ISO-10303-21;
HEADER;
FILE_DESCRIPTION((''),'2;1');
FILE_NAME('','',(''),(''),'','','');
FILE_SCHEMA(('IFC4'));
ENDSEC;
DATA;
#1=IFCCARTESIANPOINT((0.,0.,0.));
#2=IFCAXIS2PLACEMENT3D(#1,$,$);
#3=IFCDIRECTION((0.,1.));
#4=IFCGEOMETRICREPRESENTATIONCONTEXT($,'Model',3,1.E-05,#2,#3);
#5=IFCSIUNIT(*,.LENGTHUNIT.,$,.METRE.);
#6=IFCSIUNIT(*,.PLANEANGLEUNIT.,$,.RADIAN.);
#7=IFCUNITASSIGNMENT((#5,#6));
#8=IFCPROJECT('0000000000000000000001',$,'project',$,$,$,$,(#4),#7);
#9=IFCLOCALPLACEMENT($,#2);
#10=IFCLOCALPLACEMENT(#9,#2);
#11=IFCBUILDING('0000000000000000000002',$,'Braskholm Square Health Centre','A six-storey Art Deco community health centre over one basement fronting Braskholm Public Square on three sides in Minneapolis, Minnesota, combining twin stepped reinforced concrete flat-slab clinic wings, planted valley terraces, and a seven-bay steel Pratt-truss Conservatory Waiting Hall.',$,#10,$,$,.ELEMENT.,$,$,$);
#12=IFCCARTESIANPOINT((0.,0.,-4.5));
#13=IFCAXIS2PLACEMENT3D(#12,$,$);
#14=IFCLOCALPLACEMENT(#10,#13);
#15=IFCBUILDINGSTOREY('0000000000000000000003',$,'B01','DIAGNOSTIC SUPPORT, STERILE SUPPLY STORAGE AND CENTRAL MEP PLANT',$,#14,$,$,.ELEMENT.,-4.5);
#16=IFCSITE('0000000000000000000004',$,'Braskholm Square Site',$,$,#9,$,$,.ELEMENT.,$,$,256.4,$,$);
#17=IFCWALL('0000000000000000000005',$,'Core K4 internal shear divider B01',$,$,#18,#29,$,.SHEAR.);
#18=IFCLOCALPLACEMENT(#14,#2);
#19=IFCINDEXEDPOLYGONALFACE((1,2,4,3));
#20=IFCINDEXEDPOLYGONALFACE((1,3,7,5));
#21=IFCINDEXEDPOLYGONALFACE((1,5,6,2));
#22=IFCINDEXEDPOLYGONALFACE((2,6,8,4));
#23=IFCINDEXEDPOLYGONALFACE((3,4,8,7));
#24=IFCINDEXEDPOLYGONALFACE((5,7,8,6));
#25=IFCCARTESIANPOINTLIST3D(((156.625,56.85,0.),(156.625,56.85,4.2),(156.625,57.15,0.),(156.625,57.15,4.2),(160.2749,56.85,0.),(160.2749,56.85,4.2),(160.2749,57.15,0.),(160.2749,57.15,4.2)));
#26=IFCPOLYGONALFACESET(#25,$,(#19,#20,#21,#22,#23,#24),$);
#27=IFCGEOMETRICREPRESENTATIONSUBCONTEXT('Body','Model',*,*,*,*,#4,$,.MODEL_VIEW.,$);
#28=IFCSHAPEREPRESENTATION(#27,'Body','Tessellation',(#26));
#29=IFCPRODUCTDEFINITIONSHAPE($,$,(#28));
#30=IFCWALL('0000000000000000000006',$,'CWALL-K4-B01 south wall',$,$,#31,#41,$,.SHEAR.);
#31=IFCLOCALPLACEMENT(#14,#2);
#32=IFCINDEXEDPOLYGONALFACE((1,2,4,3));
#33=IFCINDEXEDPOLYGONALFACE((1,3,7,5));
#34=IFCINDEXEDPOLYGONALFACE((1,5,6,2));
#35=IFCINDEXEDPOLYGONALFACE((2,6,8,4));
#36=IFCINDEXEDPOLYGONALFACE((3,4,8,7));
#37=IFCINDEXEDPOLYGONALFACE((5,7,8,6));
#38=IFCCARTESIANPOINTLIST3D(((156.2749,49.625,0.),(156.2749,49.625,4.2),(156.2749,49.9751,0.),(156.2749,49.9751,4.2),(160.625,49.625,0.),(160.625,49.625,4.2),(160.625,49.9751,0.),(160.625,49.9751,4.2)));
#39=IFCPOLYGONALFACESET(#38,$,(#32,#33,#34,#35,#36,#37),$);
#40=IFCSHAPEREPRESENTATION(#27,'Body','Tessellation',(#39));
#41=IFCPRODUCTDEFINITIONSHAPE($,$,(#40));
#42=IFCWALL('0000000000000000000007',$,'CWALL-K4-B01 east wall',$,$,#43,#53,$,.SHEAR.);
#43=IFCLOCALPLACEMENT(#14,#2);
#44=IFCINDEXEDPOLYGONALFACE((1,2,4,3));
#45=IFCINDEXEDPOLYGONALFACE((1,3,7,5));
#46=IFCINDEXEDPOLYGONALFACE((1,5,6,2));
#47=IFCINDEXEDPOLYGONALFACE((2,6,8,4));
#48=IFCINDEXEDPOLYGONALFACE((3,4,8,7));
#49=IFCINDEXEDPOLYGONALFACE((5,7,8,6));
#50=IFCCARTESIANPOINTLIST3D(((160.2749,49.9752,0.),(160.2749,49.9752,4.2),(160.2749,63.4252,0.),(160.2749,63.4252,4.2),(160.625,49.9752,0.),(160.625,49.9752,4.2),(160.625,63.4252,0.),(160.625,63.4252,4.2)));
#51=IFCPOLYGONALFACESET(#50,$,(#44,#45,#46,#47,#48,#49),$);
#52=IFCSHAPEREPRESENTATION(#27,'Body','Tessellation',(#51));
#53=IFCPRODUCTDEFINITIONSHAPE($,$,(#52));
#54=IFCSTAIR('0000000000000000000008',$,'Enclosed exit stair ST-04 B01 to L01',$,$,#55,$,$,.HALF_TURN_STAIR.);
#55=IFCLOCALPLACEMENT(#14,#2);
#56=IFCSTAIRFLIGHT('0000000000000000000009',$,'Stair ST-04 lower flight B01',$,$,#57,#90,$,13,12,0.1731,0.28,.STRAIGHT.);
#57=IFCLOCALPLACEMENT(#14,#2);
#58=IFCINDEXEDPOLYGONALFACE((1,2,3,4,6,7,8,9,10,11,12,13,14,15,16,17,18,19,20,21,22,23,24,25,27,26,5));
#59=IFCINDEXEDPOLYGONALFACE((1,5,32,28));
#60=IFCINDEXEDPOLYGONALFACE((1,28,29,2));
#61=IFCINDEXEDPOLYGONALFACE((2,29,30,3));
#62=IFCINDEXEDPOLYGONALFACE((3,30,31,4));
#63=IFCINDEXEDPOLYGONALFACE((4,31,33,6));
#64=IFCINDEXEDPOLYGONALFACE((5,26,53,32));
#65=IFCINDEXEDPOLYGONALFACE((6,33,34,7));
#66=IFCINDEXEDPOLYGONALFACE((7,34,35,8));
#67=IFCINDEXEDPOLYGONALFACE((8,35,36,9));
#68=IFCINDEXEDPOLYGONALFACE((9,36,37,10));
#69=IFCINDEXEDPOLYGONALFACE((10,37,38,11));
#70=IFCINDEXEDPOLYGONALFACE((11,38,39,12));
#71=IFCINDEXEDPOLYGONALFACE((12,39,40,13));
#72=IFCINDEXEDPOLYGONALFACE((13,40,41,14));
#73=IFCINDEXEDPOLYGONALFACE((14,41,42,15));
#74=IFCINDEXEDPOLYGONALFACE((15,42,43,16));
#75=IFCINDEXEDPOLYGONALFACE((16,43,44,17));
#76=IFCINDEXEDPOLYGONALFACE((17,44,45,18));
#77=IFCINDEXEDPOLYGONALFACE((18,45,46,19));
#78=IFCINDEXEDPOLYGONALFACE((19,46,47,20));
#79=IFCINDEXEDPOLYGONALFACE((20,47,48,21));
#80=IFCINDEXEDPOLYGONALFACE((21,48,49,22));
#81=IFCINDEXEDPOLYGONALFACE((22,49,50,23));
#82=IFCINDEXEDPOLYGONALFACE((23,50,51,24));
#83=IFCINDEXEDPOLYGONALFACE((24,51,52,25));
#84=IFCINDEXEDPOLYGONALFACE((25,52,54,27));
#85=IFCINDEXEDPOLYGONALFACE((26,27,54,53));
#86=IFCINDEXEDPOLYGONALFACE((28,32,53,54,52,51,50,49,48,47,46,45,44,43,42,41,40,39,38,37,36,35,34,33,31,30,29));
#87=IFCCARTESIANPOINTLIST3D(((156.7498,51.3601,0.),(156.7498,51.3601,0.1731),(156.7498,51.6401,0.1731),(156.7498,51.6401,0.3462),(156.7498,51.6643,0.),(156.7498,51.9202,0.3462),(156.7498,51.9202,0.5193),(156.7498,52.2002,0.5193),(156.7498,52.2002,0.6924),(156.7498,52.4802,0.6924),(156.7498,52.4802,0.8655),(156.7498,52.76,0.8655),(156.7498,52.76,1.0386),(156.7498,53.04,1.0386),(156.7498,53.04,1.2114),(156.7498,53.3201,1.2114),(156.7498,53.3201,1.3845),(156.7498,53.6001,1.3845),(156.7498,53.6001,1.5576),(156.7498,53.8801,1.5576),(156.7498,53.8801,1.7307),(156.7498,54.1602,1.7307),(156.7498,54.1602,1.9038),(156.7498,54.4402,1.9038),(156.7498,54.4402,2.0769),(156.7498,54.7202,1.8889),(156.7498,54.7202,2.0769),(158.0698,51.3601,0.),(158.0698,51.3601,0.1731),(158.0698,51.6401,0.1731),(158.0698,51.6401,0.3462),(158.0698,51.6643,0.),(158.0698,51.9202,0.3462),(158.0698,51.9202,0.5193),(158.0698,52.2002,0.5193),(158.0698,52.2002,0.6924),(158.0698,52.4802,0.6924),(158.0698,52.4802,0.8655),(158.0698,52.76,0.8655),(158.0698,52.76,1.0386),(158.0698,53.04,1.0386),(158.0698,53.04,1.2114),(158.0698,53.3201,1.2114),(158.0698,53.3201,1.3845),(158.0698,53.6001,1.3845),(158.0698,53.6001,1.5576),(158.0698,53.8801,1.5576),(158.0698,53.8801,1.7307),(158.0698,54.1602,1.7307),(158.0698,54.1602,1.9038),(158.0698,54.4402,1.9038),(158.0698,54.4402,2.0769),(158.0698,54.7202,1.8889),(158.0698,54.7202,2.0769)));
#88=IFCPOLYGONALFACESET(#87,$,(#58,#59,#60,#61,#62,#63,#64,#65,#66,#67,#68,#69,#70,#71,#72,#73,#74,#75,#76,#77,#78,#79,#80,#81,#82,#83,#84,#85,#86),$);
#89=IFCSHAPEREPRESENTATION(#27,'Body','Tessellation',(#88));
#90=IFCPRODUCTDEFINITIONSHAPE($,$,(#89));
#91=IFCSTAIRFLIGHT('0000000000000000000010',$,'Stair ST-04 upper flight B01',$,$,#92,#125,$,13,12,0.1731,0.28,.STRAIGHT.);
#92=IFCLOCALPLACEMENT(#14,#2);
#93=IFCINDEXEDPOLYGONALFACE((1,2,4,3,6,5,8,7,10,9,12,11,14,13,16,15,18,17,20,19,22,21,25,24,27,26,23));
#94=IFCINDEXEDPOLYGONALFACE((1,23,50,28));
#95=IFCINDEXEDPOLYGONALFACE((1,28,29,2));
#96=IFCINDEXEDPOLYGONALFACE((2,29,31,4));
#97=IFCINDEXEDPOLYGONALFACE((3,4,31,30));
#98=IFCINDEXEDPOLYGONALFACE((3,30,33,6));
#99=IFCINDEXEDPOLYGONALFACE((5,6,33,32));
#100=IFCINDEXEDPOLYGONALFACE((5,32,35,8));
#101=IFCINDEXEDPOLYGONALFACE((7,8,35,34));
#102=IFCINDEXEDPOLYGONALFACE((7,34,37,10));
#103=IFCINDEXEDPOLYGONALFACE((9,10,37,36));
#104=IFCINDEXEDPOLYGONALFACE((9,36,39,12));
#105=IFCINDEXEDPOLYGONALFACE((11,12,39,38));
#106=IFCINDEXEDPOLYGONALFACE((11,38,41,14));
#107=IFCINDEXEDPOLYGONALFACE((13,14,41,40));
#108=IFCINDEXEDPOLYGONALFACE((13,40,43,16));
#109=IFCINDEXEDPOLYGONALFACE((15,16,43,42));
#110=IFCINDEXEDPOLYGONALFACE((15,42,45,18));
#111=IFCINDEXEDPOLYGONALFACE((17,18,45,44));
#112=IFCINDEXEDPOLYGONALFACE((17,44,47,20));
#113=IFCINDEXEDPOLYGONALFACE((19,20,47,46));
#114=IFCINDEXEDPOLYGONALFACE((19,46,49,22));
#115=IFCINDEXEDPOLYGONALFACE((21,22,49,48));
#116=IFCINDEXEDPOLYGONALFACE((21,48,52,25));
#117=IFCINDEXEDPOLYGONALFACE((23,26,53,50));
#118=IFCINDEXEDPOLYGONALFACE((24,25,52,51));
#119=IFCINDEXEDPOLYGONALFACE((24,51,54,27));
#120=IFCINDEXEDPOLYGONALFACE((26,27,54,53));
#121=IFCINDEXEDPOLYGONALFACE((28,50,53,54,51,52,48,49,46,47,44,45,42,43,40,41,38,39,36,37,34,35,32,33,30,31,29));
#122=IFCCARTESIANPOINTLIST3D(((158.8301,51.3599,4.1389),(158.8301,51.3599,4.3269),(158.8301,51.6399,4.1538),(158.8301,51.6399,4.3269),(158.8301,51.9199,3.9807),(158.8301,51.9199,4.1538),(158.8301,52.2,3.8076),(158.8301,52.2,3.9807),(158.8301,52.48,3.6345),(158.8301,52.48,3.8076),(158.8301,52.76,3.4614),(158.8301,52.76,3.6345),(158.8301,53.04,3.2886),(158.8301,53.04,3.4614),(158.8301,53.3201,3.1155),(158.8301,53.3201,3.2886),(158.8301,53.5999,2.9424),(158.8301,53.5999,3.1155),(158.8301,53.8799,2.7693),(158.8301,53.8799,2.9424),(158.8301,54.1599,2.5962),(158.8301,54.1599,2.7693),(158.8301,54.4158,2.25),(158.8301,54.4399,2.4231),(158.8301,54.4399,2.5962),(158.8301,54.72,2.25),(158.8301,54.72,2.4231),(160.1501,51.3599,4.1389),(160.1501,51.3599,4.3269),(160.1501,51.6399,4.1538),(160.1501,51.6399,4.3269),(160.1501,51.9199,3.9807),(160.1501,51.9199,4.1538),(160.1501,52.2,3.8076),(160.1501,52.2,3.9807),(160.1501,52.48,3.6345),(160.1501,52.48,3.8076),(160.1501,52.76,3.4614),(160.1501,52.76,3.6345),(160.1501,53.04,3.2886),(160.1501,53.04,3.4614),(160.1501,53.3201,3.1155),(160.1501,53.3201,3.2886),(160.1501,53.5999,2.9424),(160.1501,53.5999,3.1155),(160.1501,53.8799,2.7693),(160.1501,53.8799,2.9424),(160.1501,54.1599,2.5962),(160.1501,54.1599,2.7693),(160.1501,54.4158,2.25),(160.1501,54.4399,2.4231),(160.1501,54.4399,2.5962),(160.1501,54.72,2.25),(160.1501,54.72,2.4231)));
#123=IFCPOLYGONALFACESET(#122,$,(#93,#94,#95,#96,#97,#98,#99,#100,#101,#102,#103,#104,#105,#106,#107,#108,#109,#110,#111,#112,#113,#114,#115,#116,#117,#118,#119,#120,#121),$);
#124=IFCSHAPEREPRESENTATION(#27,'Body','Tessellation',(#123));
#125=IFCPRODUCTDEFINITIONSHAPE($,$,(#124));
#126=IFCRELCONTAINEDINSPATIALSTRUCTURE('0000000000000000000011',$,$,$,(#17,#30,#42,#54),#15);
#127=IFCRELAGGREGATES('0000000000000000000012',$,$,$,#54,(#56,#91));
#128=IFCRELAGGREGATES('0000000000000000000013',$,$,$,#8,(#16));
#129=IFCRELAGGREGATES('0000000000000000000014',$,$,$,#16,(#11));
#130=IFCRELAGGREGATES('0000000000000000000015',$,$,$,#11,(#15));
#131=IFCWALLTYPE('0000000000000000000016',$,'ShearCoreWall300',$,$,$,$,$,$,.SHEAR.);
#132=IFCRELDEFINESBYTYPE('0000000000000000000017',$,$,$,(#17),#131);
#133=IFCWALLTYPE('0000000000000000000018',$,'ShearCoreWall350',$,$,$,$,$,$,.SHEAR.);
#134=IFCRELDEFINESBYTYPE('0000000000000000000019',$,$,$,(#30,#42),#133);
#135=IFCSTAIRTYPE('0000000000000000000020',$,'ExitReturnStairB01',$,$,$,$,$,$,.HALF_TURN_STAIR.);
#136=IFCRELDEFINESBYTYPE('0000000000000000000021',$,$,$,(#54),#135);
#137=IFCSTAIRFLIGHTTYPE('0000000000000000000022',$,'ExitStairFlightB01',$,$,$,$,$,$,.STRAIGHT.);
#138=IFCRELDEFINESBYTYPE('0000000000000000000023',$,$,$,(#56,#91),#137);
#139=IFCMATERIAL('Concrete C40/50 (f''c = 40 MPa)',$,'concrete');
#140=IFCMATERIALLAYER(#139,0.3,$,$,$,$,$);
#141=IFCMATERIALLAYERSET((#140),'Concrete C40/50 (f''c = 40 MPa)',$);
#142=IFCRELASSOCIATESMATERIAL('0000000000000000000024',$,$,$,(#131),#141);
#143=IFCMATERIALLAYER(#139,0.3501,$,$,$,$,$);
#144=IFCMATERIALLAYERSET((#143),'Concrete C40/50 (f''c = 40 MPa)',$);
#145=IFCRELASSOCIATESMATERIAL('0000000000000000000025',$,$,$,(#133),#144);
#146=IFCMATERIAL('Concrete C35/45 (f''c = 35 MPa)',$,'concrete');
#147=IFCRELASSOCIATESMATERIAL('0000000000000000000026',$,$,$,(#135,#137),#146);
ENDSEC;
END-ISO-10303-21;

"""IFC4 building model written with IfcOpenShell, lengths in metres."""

from ifc_helpers import new_model, si_unit, direction, frame, frame_2d, origin, place, context, subcontext, project, spatial, polyline, rectangle, outline, extrude, material, layer, layer_set, type_object, element, aggregate, save


model = new_model("IFC4")

# Units and contexts
model_context = context("Model", 3, precision=1e-05, world=origin(), true_north=direction((0.0, 1.0)))
body_context = subcontext(model_context, "Body", "Model", "MODEL_VIEW")
ifc_project = project(units=[si_unit("LENGTHUNIT", "METRE"), si_unit("PLANEANGLEUNIT", "RADIAN")], contexts=[model_context])

# Site, building, storey
site_placement = place(None, origin())
site = spatial("IfcSite", under=ifc_project, at=site_placement, Name="Braskholm Square Site", CompositionType="ELEMENT", RefElevation=256.4)
building_placement = place(site_placement, origin())
building = spatial("IfcBuilding", under=site, at=building_placement, Name="Braskholm Square Health Centre", Description="A six-storey Art Deco community health centre over one basement fronting Braskholm Public Square on three sides in Minneapolis, Minnesota, combining twin stepped reinforced concrete flat-slab clinic wings, planted valley terraces, and a seven-bay steel Pratt-truss Conservatory Waiting Hall.", CompositionType="ELEMENT")
storey_placement = place(building_placement, frame((0.0, 0.0, -4.5)))
storey = spatial("IfcBuildingStorey", under=building, at=storey_placement, Name="B01", Description="DIAGNOSTIC SUPPORT, STERILE SUPPLY STORAGE AND CENTRAL MEP PLANT", CompositionType="ELEMENT", Elevation=-4.5)

# Shared definitions
ifc_material_1 = material(Name="Concrete C40/50 (f'c = 40 MPa)", Category="concrete")

# Walls
ifc_layer_1 = layer(ifc_material_1, 0.3)
ifc_layer_set_1 = layer_set([ifc_layer_1], Name="Concrete C40/50 (f'c = 40 MPa)")
wall_type_1 = type_object("IfcWallType", Name="ShearCoreWall300", PredefinedType="SHEAR", material=ifc_layer_set_1)
wall_1_placement = place(storey_placement, frame((156.625, 57.0, 0.0), z_axis=(0.0, 0.0, 1.0), x_axis=(1.0, 0.0, 0.0)))
element("IfcWall", 1, at=wall_1_placement, inside=storey, type_object=wall_type_1, Name="Core K4 internal shear divider B01", PredefinedType="SHEAR", context=body_context, shape_type="SweptSolid", body=[
    extrude(rectangle(XDim=3.6499, YDim=0.3, at=frame_2d((1.825, 0.0))), origin(), (0.0, 0.0, 1.0), 4.2),
])
ifc_layer_2 = layer(ifc_material_1, 0.3501)
ifc_layer_set_2 = layer_set([ifc_layer_2], Name="Concrete C40/50 (f'c = 40 MPa)")
wall_type_2 = type_object("IfcWallType", Name="ShearCoreWall350", PredefinedType="SHEAR", material=ifc_layer_set_2)
wall_2_placement = place(storey_placement, frame((156.2749, 49.8, 0.0), z_axis=(0.0, 0.0, 1.0), x_axis=(1.0, 0.0, 0.0)))
element("IfcWall", 2, at=wall_2_placement, inside=storey, type_object=wall_type_2, Name="CWALL-K4-B01 south wall", PredefinedType="SHEAR", context=body_context, shape_type="SweptSolid", body=[
    extrude(rectangle(XDim=4.3501, YDim=0.3501, at=frame_2d((2.175, 0.0))), origin(), (0.0, 0.0, 1.0), 4.2),
])
wall_3_placement = place(storey_placement, frame((160.45, 49.9751, 0.0), z_axis=(0.0, 0.0, 1.0), x_axis=(0.0, 1.0, 0.0)))
element("IfcWall", 3, at=wall_3_placement, inside=storey, type_object=wall_type_2, Name="CWALL-K4-B01 east wall", PredefinedType="SHEAR", context=body_context, shape_type="SweptSolid", body=[
    extrude(rectangle(XDim=13.45, YDim=0.3501, at=frame_2d((6.7251, 0.0))), origin(), (0.0, 0.0, 1.0), 4.2),
])

# Stair, stair flights
ifc_material_2 = material(Name="Concrete C35/45 (f'c = 35 MPa)", Category="concrete")
stair_type = type_object("IfcStairType", Name="ExitReturnStairB01", PredefinedType="HALF_TURN_STAIR", material=ifc_material_2)
stair_placement = place(storey_placement, origin())
stair = element("IfcStair", 4, at=stair_placement, inside=storey, type_object=stair_type, Name="Enclosed exit stair ST-04 B01 to L01", PredefinedType="HALF_TURN_STAIR")
stair_flight_type = type_object("IfcStairFlightType", Name="ExitStairFlightB01", PredefinedType="STRAIGHT", material=ifc_material_2)
stair_flight_1_placement = place(storey_placement, frame((157.4099, 51.3601, 0.0), z_axis=(0.0, 0.0, 1.0), x_axis=(0.0, 1.0, 0.0)))
stair_flight_1 = element("IfcStairFlight", 5, at=stair_flight_1_placement, type_object=stair_flight_type, Name="Stair ST-04 lower flight B01", NumberOfRisers=13, NumberOfTreads=12, PredefinedType="STRAIGHT", RiserHeight=0.1731, TreadLength=0.28, context=body_context, shape_type="SweptSolid", body=[
    extrude(outline(polyline([(0.0, 0.0), (0.0, 0.1731), (0.28, 0.1731), (0.28, 0.3462), (0.5601, 0.3462), (0.5601, 0.5193), (0.8401, 0.5193), (0.8401, 0.6924), (1.1201, 0.6924), (1.1201, 0.8655), (1.3999, 0.8655), (1.3999, 1.0386), (1.6799, 1.0386), (1.6799, 1.2114), (1.96, 1.2114), (1.96, 1.3845), (2.24, 1.3845), (2.24, 1.5576), (2.52, 1.5576), (2.52, 1.7307), (2.8, 1.7307), (2.8, 1.9038), (3.0801, 1.9038), (3.0801, 2.0769), (3.3601, 2.0769), (3.3601, 2.25), (3.3601, 1.8889), (0.3042, 0.0), (0.0, 0.0)])), frame((0.0, 0.6602, 0.0), z_axis=(0.0, -1.0, 0.0), x_axis=(1.0, 0.0, 0.0)), (0.0, 0.0, 1.0), 1.3201),
])
stair_flight_2_placement = place(storey_placement, frame((159.49, 54.72, 2.25), z_axis=(0.0, 0.0, 1.0), x_axis=(0.0, -1.0, 0.0)))
stair_flight_2 = element("IfcStairFlight", 6, at=stair_flight_2_placement, type_object=stair_flight_type, Name="Stair ST-04 upper flight B01", NumberOfRisers=13, NumberOfTreads=12, PredefinedType="STRAIGHT", RiserHeight=0.1731, TreadLength=0.28, context=body_context, shape_type="SweptSolid", body=[
    extrude(outline(polyline([(0.0, 0.0), (0.0, 0.1731), (0.28, 0.1731), (0.28, 0.3462), (0.5601, 0.3462), (0.5601, 0.5193), (0.8401, 0.5193), (0.8401, 0.6924), (1.1201, 0.6924), (1.1201, 0.8655), (1.3999, 0.8655), (1.3999, 1.0386), (1.6799, 1.0386), (1.6799, 1.2114), (1.96, 1.2114), (1.96, 1.3845), (2.24, 1.3845), (2.24, 1.5576), (2.52, 1.5576), (2.52, 1.7307), (2.8, 1.7307), (2.8, 1.9038), (3.0801, 1.9038), (3.0801, 2.0769), (3.3601, 2.0769), (3.3601, 2.25), (3.3601, 1.8889), (0.3042, 0.0), (0.0, 0.0)])), frame((0.0, 0.6602, 0.0), z_axis=(0.0, -1.0, 0.0), x_axis=(1.0, 0.0, 0.0)), (0.0, 0.0, 1.0), 1.3201),
])
aggregate(stair, [stair_flight_1, stair_flight_2])

save(model, "model.ifc")
